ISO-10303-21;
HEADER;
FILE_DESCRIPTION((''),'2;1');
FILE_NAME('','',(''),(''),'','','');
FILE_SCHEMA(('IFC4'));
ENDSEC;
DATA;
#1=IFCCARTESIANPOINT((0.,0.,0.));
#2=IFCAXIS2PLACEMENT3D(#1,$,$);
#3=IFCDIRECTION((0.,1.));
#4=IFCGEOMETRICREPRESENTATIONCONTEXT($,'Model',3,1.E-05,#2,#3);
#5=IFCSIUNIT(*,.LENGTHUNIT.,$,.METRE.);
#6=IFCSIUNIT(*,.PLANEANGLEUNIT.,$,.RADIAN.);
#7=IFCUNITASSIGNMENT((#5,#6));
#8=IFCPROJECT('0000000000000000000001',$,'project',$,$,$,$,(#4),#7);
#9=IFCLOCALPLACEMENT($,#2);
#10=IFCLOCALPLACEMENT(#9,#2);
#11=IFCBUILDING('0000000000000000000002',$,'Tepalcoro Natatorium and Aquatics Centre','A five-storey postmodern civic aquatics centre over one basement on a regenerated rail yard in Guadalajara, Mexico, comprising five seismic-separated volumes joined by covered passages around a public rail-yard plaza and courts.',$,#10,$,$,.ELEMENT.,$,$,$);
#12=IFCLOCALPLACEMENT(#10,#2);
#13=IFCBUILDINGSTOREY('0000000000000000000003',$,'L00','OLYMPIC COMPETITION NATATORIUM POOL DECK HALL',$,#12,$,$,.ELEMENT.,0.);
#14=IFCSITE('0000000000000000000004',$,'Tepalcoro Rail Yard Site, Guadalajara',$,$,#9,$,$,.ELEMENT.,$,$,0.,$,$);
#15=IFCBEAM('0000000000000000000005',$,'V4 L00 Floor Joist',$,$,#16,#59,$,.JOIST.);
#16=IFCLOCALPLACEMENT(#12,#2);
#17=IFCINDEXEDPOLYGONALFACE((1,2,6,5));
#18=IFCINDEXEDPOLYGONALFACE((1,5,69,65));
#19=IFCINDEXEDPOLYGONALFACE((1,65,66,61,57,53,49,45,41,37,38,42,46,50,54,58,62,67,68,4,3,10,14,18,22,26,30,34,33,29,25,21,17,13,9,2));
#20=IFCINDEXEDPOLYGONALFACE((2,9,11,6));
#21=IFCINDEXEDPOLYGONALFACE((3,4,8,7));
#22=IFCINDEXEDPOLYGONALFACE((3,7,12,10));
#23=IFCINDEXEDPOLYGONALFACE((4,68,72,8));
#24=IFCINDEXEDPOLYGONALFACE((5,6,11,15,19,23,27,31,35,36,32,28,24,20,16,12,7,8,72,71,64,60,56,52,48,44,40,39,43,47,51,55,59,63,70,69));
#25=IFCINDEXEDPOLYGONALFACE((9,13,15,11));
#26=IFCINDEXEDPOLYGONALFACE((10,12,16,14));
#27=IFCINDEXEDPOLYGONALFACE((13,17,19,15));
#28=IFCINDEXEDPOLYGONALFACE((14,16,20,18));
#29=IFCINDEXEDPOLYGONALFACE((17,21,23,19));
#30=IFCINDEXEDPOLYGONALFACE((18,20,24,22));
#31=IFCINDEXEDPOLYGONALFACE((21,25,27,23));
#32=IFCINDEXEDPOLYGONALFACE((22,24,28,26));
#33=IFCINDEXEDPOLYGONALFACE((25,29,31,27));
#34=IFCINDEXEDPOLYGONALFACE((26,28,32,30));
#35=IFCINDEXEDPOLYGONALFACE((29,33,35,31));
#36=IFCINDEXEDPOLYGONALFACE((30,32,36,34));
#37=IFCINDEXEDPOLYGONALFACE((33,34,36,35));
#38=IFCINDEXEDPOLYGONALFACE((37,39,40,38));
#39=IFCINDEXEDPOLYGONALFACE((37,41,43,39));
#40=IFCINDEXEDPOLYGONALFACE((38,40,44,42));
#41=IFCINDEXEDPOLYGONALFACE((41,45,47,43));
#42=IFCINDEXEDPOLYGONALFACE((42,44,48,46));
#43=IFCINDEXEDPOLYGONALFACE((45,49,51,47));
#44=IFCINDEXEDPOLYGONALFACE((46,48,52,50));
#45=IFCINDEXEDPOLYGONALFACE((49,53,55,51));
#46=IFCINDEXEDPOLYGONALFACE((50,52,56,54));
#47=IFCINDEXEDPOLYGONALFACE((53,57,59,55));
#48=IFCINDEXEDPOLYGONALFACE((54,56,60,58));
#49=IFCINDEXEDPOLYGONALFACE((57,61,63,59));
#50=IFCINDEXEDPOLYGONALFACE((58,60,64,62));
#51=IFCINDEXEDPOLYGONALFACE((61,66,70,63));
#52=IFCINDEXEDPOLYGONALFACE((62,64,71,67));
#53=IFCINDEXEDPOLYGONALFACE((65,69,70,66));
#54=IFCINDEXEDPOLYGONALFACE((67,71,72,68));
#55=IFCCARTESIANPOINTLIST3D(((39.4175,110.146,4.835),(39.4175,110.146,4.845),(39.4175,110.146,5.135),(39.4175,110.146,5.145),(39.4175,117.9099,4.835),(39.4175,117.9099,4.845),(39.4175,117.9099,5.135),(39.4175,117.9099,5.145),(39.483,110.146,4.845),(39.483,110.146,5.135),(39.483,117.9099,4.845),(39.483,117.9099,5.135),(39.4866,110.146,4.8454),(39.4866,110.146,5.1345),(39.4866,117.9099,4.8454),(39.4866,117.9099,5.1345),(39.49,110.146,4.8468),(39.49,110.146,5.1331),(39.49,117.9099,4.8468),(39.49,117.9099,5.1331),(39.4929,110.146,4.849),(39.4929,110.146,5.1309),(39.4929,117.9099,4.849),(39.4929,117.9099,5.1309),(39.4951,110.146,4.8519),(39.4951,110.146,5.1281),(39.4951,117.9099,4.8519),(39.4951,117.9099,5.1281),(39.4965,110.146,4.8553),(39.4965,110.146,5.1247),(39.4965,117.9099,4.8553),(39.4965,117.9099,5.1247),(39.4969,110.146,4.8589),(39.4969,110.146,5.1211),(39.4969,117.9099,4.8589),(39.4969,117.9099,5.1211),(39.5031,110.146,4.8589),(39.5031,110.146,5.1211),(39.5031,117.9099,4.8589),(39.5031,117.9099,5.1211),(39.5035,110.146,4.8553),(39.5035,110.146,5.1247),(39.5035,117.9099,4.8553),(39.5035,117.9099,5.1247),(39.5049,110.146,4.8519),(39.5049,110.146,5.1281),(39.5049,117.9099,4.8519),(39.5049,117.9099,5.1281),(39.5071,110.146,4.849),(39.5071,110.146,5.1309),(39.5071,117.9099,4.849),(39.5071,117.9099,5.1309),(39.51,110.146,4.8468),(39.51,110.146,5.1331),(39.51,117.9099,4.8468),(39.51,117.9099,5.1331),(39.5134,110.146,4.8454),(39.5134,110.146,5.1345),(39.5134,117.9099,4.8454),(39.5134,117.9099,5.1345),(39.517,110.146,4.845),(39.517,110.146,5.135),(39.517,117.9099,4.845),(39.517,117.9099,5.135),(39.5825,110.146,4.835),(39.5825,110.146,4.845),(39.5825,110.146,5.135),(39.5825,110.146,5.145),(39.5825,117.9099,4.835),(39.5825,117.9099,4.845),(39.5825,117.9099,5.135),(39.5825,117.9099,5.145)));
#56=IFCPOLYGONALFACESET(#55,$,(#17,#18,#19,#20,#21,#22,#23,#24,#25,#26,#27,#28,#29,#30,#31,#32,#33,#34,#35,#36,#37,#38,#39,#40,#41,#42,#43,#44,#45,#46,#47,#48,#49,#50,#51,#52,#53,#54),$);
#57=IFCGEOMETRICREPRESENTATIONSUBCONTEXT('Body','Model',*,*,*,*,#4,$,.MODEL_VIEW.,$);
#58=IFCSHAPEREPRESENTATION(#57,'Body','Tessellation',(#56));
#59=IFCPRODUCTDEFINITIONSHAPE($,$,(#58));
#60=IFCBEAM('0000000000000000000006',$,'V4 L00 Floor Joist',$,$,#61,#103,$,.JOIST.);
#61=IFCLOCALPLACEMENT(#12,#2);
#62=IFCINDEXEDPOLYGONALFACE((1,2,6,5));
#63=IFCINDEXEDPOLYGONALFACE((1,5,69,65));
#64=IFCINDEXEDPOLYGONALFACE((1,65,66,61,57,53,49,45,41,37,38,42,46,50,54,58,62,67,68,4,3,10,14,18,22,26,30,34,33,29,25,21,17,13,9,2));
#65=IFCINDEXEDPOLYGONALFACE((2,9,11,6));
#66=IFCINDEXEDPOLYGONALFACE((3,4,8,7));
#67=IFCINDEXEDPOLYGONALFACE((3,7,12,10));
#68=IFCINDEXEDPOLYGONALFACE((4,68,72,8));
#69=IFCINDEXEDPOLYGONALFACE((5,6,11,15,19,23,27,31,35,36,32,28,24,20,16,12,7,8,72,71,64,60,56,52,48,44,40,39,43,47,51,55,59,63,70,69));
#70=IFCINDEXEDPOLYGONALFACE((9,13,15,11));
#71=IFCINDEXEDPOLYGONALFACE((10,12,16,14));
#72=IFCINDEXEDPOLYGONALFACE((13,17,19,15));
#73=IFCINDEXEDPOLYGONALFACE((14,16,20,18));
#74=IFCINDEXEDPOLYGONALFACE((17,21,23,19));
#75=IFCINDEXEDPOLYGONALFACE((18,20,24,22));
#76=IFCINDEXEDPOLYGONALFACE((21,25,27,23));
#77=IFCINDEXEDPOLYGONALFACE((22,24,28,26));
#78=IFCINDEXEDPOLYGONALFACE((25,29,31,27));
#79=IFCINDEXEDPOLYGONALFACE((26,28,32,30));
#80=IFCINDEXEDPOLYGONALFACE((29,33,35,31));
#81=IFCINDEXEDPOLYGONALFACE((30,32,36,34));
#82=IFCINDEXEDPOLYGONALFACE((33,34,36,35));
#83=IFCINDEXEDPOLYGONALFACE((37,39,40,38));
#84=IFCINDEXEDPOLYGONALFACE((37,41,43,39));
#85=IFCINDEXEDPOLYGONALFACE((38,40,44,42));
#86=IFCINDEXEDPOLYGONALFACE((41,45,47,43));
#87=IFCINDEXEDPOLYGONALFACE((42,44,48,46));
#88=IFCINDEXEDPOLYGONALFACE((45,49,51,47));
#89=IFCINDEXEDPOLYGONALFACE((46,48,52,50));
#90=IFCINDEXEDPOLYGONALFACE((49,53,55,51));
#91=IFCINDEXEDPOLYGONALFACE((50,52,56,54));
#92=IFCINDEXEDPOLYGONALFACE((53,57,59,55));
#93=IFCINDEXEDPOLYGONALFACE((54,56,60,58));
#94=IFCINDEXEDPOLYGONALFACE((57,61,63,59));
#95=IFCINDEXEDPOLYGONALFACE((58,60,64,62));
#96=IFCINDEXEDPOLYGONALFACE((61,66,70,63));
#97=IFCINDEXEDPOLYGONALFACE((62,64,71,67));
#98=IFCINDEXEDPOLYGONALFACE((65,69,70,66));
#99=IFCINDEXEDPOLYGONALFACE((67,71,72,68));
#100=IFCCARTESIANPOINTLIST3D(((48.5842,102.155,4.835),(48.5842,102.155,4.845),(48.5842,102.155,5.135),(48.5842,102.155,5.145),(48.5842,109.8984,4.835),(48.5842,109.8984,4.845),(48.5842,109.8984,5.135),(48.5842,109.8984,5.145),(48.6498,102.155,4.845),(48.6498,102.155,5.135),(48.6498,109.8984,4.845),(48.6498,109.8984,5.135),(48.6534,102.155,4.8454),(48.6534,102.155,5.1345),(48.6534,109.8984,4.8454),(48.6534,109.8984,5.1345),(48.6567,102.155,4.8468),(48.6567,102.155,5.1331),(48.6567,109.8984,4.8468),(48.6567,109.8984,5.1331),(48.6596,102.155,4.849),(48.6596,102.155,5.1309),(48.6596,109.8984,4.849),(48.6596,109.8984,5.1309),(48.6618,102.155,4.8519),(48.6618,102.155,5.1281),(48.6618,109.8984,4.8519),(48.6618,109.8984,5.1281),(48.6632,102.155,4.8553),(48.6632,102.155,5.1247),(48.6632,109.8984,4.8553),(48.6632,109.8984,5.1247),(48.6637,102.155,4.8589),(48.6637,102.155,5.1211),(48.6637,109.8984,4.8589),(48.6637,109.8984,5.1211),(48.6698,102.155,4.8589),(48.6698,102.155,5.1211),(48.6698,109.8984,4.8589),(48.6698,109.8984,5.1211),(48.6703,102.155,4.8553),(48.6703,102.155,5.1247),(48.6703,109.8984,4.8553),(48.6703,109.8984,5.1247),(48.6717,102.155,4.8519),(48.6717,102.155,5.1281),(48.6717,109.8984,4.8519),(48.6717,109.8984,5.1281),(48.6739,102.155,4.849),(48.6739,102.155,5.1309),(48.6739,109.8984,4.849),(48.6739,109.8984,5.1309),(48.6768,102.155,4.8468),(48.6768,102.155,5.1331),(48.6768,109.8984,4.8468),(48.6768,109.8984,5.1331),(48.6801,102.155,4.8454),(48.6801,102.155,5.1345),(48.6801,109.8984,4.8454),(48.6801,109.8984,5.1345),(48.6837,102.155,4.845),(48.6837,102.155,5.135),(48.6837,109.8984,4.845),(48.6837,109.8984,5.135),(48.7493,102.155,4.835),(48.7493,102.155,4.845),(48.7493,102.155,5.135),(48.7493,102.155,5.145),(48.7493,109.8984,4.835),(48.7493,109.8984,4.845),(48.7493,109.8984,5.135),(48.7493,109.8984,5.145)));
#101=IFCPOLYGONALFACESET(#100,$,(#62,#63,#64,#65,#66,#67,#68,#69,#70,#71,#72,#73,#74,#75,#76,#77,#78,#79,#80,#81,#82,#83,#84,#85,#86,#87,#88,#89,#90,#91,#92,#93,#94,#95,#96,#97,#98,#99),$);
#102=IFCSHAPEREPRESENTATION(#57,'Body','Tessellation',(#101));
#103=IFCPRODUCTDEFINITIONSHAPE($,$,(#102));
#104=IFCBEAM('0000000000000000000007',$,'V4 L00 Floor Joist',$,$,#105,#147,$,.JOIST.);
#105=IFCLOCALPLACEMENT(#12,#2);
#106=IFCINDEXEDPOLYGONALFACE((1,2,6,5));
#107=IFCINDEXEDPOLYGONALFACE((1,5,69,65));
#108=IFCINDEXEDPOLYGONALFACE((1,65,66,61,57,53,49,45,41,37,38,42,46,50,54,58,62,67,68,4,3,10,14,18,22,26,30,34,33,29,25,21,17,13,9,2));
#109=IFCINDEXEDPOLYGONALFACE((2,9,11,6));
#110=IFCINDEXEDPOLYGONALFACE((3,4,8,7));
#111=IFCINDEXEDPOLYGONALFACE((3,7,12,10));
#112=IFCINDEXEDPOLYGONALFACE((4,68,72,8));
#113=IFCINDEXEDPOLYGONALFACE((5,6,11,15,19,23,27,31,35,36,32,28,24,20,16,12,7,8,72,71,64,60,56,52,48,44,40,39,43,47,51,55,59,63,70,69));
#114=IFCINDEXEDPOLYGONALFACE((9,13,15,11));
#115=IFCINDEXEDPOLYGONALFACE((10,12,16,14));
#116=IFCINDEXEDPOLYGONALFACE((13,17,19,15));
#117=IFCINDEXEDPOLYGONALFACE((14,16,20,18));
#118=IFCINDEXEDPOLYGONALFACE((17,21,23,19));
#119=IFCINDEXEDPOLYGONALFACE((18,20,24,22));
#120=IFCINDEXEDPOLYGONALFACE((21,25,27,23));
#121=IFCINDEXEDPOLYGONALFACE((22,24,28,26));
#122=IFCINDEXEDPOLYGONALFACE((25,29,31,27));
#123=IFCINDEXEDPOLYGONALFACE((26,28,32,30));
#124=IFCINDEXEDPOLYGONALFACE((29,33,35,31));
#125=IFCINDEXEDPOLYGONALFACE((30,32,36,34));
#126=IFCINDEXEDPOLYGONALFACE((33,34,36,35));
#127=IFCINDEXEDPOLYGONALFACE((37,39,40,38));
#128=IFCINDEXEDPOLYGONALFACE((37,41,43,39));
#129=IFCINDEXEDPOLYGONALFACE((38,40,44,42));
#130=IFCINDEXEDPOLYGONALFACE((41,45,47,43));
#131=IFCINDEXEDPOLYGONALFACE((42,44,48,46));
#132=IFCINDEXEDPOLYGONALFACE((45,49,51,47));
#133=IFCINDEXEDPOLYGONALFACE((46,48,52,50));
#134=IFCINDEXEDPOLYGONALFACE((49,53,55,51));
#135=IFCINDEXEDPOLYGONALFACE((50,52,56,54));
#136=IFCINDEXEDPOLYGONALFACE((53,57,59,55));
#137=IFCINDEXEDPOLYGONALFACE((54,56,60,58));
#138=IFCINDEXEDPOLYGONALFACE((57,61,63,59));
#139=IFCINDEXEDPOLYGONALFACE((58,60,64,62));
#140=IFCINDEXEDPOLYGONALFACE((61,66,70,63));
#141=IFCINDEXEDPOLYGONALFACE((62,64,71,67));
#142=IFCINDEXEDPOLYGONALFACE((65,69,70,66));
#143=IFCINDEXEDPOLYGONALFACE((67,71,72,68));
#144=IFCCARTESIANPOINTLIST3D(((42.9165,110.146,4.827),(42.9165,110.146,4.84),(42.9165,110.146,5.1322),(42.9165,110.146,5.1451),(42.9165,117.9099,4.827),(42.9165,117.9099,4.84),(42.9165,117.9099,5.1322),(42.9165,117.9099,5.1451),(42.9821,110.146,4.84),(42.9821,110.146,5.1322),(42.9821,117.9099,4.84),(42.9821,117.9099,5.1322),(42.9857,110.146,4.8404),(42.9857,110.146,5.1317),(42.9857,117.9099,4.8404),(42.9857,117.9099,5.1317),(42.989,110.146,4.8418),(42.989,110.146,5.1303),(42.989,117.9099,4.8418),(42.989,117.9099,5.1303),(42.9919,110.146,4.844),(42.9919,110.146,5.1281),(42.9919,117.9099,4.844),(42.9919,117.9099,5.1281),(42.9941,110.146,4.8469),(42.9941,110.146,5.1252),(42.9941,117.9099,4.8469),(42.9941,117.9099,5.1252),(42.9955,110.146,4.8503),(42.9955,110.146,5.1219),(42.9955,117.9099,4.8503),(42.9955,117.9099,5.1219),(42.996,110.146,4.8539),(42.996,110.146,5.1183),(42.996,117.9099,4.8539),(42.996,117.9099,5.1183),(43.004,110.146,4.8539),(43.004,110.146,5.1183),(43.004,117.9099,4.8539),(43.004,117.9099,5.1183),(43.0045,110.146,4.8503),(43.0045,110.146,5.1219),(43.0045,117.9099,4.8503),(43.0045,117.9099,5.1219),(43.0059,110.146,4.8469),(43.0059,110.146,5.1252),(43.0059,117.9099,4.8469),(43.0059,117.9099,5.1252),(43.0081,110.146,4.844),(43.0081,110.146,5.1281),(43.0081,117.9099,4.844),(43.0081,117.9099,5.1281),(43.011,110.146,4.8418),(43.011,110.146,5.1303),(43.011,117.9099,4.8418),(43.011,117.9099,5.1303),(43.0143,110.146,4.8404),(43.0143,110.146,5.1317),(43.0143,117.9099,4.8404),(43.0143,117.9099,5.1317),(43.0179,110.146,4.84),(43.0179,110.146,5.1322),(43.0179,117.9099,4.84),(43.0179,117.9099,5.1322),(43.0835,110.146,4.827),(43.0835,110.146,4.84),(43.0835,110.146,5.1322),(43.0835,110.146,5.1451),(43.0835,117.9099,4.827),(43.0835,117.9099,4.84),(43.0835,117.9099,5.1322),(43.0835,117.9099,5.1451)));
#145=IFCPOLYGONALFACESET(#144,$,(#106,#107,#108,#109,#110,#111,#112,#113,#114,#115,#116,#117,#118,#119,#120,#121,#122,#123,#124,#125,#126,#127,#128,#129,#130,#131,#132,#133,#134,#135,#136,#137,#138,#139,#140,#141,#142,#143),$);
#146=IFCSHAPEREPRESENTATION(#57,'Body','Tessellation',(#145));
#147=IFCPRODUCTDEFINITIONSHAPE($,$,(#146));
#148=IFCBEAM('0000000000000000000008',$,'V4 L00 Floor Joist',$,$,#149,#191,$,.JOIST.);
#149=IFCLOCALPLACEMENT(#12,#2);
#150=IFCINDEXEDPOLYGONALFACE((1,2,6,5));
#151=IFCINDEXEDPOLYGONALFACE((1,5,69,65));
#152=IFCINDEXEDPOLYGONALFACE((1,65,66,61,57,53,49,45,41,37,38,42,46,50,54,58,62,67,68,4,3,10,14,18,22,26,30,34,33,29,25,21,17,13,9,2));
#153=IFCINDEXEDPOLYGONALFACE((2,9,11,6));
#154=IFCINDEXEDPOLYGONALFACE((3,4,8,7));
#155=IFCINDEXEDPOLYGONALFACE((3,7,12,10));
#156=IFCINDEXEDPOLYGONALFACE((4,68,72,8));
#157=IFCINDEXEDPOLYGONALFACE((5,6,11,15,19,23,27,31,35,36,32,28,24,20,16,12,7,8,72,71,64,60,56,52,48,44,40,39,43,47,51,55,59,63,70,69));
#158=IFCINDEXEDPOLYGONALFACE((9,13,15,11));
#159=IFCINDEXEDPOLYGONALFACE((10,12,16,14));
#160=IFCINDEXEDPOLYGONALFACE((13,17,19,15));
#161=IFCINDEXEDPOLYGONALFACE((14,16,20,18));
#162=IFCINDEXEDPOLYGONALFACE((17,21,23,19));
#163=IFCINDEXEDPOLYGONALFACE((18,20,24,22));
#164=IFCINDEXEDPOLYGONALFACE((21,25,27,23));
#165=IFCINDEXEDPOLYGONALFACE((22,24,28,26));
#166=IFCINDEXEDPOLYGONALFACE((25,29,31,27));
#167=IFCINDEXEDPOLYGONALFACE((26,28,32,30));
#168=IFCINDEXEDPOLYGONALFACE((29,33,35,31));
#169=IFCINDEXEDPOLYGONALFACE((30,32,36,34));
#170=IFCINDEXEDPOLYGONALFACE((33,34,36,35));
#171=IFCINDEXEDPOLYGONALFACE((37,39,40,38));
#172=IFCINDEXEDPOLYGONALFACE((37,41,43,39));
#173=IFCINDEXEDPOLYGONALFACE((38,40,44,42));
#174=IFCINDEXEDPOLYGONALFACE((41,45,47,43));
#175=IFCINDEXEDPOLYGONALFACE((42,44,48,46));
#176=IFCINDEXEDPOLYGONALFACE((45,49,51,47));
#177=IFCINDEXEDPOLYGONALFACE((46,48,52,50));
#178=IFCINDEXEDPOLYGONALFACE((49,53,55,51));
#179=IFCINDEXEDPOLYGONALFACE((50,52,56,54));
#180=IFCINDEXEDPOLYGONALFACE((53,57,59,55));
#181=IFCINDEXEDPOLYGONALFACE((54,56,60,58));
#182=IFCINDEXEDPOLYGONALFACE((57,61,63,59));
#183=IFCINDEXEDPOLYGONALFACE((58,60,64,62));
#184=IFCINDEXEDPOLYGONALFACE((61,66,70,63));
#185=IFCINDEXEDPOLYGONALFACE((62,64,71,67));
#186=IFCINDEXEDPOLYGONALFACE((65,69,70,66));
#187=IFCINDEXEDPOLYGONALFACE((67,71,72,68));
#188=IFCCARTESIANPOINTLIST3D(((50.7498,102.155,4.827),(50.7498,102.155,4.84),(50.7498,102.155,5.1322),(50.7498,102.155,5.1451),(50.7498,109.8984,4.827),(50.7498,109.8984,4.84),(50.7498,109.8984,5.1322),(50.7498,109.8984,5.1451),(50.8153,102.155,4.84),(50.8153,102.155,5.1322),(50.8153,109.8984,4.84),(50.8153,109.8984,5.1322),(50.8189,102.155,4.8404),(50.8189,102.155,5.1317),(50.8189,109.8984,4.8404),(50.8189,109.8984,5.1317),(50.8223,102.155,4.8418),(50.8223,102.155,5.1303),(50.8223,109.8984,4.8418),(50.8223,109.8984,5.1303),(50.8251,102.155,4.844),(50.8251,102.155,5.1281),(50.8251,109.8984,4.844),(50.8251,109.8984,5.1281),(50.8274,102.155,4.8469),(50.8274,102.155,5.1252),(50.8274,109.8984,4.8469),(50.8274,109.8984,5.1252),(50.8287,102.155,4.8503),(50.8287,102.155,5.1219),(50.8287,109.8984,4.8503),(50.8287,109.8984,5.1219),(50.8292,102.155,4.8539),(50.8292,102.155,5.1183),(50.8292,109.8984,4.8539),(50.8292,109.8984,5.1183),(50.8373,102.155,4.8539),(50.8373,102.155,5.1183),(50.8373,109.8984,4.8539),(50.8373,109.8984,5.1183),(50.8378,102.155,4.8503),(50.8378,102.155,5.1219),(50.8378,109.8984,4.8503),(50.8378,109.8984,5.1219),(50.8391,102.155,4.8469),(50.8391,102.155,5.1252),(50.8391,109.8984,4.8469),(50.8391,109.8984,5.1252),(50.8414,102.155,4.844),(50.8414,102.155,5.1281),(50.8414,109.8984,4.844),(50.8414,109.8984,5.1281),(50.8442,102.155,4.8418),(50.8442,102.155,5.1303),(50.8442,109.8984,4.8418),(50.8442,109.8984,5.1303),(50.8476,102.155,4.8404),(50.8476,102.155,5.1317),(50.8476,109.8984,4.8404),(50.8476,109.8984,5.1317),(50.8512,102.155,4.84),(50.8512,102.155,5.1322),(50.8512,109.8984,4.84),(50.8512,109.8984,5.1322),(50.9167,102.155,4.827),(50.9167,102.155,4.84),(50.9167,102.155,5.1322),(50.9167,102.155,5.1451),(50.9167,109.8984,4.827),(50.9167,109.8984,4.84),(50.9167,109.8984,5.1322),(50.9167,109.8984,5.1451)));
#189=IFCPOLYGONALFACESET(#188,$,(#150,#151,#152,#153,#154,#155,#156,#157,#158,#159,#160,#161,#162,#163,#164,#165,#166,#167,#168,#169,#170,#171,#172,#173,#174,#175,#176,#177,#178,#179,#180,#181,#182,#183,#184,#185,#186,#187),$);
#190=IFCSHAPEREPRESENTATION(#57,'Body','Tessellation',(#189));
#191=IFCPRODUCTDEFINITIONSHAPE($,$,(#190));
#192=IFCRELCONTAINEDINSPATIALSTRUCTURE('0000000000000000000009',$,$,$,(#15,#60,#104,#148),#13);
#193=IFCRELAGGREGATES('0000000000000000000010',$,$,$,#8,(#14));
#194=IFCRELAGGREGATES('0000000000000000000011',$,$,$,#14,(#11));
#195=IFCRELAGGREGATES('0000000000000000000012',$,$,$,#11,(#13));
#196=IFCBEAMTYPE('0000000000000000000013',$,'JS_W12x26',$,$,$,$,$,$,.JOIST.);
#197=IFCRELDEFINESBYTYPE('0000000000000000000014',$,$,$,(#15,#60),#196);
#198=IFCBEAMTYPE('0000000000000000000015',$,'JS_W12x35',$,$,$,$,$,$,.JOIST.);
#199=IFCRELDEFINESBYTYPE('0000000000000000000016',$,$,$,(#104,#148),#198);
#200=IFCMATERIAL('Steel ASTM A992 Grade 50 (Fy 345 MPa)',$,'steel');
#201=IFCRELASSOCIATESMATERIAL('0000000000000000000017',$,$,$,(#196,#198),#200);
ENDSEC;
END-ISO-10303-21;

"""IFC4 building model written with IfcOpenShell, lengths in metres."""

from ifc_helpers import new_model, si_unit, direction, frame, origin, origin_2d, place, context, subcontext, project, spatial, i_section, extrude, material, material_profile, profile_set, type_object, element, save


model = new_model("IFC4")

# Units and contexts
model_context = context("Model", 3, precision=1e-05, world=origin(), true_north=direction((0.0, 1.0)))
body_context = subcontext(model_context, "Body", "Model", "MODEL_VIEW")
ifc_project = project(units=[si_unit("LENGTHUNIT", "METRE"), si_unit("PLANEANGLEUNIT", "RADIAN")], contexts=[model_context])

# Site, building, storey
site_placement = place(None, origin())
site = spatial("IfcSite", under=ifc_project, at=site_placement, Name="Tepalcoro Rail Yard Site, Guadalajara", CompositionType="ELEMENT", RefElevation=0.0)
building_placement = place(site_placement, origin())
building = spatial("IfcBuilding", under=site, at=building_placement, Name="Tepalcoro Natatorium and Aquatics Centre", Description="A five-storey postmodern civic aquatics centre over one basement on a regenerated rail yard in Guadalajara, Mexico, comprising five seismic-separated volumes joined by covered passages around a public rail-yard plaza and courts.", CompositionType="ELEMENT")
storey_placement = place(building_placement, origin())
storey = spatial("IfcBuildingStorey", under=building, at=storey_placement, Name="L00", Description="OLYMPIC COMPETITION NATATORIUM POOL DECK HALL", CompositionType="ELEMENT", Elevation=0.0)

# Beams
ifc_material_1 = material(Name="Steel ASTM A992 Grade 50 (Fy 345 MPa)", Category="steel")
ifc_material_profile_1 = material_profile(ifc_material_1, i_section(OverallWidth=0.165, OverallDepth=0.3101, WebThickness=0.0061, FlangeThickness=0.01, FilletRadius=0.0139, at=origin_2d()), Name="W12X26")
ifc_profile_set_1 = profile_set([ifc_material_profile_1], Name="Steel ASTM A992 Grade 50 (Fy 345 MPa)")
beam_type_1 = type_object("IfcBeamType", Name="JS_W12x26", PredefinedType="JOIST", material=ifc_profile_set_1)
beam_1_placement = place(storey_placement, frame((39.5, 110.146, 4.99), z_axis=(0.0, 1.0, 0.0), x_axis=(-1.0, 0.0, 0.0)))
element("IfcBeam", 1, at=beam_1_placement, inside=storey, type_object=beam_type_1, Name="V4 L00 Floor Joist", PredefinedType="JOIST", context=body_context, shape_type="SweptSolid", body=[
    extrude(i_section(OverallWidth=0.165, OverallDepth=0.3101, WebThickness=0.0061, FlangeThickness=0.01, FilletRadius=0.0139, at=origin_2d()), origin(), (0.0, 0.0, 1.0), 7.7639),
])
beam_2_placement = place(storey_placement, frame((48.6667, 102.155, 4.99), z_axis=(0.0, 1.0, 0.0), x_axis=(-1.0, 0.0, 0.0)))
element("IfcBeam", 2, at=beam_2_placement, inside=storey, type_object=beam_type_1, Name="V4 L00 Floor Joist", PredefinedType="JOIST", context=body_context, shape_type="SweptSolid", body=[
    extrude(i_section(OverallWidth=0.165, OverallDepth=0.3101, WebThickness=0.0061, FlangeThickness=0.01, FilletRadius=0.0139, at=origin_2d()), origin(), (0.0, 0.0, 1.0), 7.7434),
])
ifc_material_profile_2 = material_profile(ifc_material_1, i_section(OverallWidth=0.167, OverallDepth=0.3181, WebThickness=0.0081, FlangeThickness=0.0129, FilletRadius=0.0139, at=origin_2d()), Name="W12X35")
ifc_profile_set_2 = profile_set([ifc_material_profile_2], Name="Steel ASTM A992 Grade 50 (Fy 345 MPa)")
beam_type_2 = type_object("IfcBeamType", Name="JS_W12x35", PredefinedType="JOIST", material=ifc_profile_set_2)
beam_3_placement = place(storey_placement, frame((43.0, 110.146, 4.9861), z_axis=(0.0, 1.0, 0.0), x_axis=(-1.0, 0.0, 0.0)))
element("IfcBeam", 3, at=beam_3_placement, inside=storey, type_object=beam_type_2, Name="V4 L00 Floor Joist", PredefinedType="JOIST", context=body_context, shape_type="SweptSolid", body=[
    extrude(i_section(OverallWidth=0.167, OverallDepth=0.3181, WebThickness=0.0081, FlangeThickness=0.0129, FilletRadius=0.0139, at=origin_2d()), origin(), (0.0, 0.0, 1.0), 7.7639),
])
beam_4_placement = place(storey_placement, frame((50.8333, 102.155, 4.9861), z_axis=(0.0, 1.0, 0.0), x_axis=(-1.0, 0.0, 0.0)))
element("IfcBeam", 4, at=beam_4_placement, inside=storey, type_object=beam_type_2, Name="V4 L00 Floor Joist", PredefinedType="JOIST", context=body_context, shape_type="SweptSolid", body=[
    extrude(i_section(OverallWidth=0.167, OverallDepth=0.3181, WebThickness=0.0081, FlangeThickness=0.0129, FilletRadius=0.0139, at=origin_2d()), origin(), (0.0, 0.0, 1.0), 7.7434),
])

save(model, "model.ifc")
